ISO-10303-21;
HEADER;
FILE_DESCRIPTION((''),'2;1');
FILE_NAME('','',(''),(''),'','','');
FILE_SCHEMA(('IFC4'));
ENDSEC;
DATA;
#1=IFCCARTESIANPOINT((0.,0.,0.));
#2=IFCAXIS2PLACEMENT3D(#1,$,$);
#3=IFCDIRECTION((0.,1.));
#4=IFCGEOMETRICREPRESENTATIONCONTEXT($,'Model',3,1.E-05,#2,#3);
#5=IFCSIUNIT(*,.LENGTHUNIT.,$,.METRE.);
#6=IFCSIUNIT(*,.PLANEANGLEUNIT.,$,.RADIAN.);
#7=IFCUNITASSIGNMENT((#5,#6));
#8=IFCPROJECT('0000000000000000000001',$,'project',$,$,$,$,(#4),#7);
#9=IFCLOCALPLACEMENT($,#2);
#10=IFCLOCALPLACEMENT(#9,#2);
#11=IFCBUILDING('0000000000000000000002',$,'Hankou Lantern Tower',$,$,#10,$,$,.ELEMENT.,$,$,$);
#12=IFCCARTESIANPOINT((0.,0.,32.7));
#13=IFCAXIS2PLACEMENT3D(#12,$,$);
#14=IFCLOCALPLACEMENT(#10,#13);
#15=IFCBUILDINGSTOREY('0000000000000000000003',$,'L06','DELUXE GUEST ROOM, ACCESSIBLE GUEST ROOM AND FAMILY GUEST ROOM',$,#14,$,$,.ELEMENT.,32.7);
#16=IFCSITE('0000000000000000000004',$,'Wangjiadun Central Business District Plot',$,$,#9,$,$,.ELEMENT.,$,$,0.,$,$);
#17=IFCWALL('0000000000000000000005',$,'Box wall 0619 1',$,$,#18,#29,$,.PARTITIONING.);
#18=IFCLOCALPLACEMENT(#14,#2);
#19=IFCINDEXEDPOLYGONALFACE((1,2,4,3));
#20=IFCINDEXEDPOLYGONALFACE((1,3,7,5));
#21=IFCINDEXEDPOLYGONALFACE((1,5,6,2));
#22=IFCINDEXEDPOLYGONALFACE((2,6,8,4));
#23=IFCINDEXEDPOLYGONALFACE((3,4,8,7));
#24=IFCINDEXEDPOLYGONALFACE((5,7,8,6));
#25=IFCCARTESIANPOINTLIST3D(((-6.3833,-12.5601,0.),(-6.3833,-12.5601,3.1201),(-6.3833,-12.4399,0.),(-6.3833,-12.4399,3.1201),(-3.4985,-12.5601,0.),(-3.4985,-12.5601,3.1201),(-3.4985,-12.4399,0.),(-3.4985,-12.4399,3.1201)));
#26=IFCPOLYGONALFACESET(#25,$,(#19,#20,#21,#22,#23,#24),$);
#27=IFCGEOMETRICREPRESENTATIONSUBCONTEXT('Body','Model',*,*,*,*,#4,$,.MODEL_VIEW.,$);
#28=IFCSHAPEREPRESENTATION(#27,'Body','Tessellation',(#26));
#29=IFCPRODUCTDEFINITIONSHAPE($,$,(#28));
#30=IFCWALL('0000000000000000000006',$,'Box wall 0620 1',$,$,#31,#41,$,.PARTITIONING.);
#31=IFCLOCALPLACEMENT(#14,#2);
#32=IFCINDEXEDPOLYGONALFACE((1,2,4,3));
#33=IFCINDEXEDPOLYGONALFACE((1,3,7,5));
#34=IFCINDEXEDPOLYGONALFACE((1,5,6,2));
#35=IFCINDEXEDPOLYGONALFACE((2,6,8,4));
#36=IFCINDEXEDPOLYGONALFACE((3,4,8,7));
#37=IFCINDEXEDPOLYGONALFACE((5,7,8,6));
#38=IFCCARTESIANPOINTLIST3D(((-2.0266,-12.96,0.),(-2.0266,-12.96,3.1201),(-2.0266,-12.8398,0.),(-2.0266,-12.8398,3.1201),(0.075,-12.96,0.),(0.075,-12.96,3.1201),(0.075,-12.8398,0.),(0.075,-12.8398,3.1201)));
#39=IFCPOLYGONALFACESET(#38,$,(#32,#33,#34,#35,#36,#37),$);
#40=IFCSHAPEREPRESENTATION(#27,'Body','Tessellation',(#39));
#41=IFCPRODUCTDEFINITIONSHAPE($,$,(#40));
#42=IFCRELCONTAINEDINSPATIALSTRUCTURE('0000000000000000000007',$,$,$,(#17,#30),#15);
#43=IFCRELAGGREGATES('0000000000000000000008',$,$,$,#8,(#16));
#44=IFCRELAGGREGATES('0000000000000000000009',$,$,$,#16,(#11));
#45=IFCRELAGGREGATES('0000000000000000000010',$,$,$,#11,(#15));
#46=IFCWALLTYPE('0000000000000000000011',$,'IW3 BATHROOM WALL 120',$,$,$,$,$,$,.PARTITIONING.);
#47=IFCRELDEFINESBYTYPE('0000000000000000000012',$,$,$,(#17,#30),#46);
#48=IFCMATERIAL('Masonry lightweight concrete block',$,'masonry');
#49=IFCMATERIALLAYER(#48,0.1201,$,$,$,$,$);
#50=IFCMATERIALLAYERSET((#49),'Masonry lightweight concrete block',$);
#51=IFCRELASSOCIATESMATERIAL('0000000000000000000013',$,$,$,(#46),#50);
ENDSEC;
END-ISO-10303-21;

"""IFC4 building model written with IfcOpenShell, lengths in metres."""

from ifc_helpers import new_model, si_unit, direction, frame, frame_2d, origin, place, context, subcontext, project, spatial, rectangle, extrude, material, layer, layer_set, type_object, element, save


model = new_model("IFC4")

# Units and contexts
model_context = context("Model", 3, precision=1e-05, world=origin(), true_north=direction((0.0, 1.0)))
body_context = subcontext(model_context, "Body", "Model", "MODEL_VIEW")
ifc_project = project(units=[si_unit("LENGTHUNIT", "METRE"), si_unit("PLANEANGLEUNIT", "RADIAN")], contexts=[model_context])

# Site, building, storey
site_placement = place(None, origin())
site = spatial("IfcSite", under=ifc_project, at=site_placement, Name="Wangjiadun Central Business District Plot", CompositionType="ELEMENT", RefElevation=0.0)
building_placement = place(site_placement, origin())
building = spatial("IfcBuilding", under=site, at=building_placement, Name="Hankou Lantern Tower", CompositionType="ELEMENT")
storey_placement = place(building_placement, frame((0.0, 0.0, 32.7)))
storey = spatial("IfcBuildingStorey", under=building, at=storey_placement, Name="L06", Description="DELUXE GUEST ROOM, ACCESSIBLE GUEST ROOM AND FAMILY GUEST ROOM", CompositionType="ELEMENT", Elevation=32.7)

# Walls
ifc_material_1 = material(Name="Masonry lightweight concrete block", Category="masonry")
ifc_layer_1 = layer(ifc_material_1, 0.1201)
ifc_layer_set_1 = layer_set([ifc_layer_1], Name="Masonry lightweight concrete block")
wall_type_1 = type_object("IfcWallType", Name="IW3 BATHROOM WALL 120", PredefinedType="PARTITIONING", material=ifc_layer_set_1)
wall_1_placement = place(storey_placement, frame((-6.3833, -12.5, 0.0), z_axis=(0.0, 0.0, 1.0), x_axis=(1.0, 0.0, 0.0)))
element("IfcWall", 1, at=wall_1_placement, inside=storey, type_object=wall_type_1, Name="Box wall 0619 1", PredefinedType="PARTITIONING", context=body_context, shape_type="SweptSolid", body=[
    extrude(rectangle(XDim=2.8848, YDim=0.1201, at=frame_2d((1.4424, 0.0))), origin(), (0.0, 0.0, 1.0), 3.1201),
])
wall_2_placement = place(storey_placement, frame((-2.0266, -12.8999, 0.0), z_axis=(0.0, 0.0, 1.0), x_axis=(1.0, 0.0, 0.0)))
element("IfcWall", 2, at=wall_2_placement, inside=storey, type_object=wall_type_1, Name="Box wall 0620 1", PredefinedType="PARTITIONING", context=body_context, shape_type="SweptSolid", body=[
    extrude(rectangle(XDim=2.1016, YDim=0.1201, at=frame_2d((1.0508, 0.0))), origin(), (0.0, 0.0, 1.0), 3.1201),
])

save(model, "model.ifc")
